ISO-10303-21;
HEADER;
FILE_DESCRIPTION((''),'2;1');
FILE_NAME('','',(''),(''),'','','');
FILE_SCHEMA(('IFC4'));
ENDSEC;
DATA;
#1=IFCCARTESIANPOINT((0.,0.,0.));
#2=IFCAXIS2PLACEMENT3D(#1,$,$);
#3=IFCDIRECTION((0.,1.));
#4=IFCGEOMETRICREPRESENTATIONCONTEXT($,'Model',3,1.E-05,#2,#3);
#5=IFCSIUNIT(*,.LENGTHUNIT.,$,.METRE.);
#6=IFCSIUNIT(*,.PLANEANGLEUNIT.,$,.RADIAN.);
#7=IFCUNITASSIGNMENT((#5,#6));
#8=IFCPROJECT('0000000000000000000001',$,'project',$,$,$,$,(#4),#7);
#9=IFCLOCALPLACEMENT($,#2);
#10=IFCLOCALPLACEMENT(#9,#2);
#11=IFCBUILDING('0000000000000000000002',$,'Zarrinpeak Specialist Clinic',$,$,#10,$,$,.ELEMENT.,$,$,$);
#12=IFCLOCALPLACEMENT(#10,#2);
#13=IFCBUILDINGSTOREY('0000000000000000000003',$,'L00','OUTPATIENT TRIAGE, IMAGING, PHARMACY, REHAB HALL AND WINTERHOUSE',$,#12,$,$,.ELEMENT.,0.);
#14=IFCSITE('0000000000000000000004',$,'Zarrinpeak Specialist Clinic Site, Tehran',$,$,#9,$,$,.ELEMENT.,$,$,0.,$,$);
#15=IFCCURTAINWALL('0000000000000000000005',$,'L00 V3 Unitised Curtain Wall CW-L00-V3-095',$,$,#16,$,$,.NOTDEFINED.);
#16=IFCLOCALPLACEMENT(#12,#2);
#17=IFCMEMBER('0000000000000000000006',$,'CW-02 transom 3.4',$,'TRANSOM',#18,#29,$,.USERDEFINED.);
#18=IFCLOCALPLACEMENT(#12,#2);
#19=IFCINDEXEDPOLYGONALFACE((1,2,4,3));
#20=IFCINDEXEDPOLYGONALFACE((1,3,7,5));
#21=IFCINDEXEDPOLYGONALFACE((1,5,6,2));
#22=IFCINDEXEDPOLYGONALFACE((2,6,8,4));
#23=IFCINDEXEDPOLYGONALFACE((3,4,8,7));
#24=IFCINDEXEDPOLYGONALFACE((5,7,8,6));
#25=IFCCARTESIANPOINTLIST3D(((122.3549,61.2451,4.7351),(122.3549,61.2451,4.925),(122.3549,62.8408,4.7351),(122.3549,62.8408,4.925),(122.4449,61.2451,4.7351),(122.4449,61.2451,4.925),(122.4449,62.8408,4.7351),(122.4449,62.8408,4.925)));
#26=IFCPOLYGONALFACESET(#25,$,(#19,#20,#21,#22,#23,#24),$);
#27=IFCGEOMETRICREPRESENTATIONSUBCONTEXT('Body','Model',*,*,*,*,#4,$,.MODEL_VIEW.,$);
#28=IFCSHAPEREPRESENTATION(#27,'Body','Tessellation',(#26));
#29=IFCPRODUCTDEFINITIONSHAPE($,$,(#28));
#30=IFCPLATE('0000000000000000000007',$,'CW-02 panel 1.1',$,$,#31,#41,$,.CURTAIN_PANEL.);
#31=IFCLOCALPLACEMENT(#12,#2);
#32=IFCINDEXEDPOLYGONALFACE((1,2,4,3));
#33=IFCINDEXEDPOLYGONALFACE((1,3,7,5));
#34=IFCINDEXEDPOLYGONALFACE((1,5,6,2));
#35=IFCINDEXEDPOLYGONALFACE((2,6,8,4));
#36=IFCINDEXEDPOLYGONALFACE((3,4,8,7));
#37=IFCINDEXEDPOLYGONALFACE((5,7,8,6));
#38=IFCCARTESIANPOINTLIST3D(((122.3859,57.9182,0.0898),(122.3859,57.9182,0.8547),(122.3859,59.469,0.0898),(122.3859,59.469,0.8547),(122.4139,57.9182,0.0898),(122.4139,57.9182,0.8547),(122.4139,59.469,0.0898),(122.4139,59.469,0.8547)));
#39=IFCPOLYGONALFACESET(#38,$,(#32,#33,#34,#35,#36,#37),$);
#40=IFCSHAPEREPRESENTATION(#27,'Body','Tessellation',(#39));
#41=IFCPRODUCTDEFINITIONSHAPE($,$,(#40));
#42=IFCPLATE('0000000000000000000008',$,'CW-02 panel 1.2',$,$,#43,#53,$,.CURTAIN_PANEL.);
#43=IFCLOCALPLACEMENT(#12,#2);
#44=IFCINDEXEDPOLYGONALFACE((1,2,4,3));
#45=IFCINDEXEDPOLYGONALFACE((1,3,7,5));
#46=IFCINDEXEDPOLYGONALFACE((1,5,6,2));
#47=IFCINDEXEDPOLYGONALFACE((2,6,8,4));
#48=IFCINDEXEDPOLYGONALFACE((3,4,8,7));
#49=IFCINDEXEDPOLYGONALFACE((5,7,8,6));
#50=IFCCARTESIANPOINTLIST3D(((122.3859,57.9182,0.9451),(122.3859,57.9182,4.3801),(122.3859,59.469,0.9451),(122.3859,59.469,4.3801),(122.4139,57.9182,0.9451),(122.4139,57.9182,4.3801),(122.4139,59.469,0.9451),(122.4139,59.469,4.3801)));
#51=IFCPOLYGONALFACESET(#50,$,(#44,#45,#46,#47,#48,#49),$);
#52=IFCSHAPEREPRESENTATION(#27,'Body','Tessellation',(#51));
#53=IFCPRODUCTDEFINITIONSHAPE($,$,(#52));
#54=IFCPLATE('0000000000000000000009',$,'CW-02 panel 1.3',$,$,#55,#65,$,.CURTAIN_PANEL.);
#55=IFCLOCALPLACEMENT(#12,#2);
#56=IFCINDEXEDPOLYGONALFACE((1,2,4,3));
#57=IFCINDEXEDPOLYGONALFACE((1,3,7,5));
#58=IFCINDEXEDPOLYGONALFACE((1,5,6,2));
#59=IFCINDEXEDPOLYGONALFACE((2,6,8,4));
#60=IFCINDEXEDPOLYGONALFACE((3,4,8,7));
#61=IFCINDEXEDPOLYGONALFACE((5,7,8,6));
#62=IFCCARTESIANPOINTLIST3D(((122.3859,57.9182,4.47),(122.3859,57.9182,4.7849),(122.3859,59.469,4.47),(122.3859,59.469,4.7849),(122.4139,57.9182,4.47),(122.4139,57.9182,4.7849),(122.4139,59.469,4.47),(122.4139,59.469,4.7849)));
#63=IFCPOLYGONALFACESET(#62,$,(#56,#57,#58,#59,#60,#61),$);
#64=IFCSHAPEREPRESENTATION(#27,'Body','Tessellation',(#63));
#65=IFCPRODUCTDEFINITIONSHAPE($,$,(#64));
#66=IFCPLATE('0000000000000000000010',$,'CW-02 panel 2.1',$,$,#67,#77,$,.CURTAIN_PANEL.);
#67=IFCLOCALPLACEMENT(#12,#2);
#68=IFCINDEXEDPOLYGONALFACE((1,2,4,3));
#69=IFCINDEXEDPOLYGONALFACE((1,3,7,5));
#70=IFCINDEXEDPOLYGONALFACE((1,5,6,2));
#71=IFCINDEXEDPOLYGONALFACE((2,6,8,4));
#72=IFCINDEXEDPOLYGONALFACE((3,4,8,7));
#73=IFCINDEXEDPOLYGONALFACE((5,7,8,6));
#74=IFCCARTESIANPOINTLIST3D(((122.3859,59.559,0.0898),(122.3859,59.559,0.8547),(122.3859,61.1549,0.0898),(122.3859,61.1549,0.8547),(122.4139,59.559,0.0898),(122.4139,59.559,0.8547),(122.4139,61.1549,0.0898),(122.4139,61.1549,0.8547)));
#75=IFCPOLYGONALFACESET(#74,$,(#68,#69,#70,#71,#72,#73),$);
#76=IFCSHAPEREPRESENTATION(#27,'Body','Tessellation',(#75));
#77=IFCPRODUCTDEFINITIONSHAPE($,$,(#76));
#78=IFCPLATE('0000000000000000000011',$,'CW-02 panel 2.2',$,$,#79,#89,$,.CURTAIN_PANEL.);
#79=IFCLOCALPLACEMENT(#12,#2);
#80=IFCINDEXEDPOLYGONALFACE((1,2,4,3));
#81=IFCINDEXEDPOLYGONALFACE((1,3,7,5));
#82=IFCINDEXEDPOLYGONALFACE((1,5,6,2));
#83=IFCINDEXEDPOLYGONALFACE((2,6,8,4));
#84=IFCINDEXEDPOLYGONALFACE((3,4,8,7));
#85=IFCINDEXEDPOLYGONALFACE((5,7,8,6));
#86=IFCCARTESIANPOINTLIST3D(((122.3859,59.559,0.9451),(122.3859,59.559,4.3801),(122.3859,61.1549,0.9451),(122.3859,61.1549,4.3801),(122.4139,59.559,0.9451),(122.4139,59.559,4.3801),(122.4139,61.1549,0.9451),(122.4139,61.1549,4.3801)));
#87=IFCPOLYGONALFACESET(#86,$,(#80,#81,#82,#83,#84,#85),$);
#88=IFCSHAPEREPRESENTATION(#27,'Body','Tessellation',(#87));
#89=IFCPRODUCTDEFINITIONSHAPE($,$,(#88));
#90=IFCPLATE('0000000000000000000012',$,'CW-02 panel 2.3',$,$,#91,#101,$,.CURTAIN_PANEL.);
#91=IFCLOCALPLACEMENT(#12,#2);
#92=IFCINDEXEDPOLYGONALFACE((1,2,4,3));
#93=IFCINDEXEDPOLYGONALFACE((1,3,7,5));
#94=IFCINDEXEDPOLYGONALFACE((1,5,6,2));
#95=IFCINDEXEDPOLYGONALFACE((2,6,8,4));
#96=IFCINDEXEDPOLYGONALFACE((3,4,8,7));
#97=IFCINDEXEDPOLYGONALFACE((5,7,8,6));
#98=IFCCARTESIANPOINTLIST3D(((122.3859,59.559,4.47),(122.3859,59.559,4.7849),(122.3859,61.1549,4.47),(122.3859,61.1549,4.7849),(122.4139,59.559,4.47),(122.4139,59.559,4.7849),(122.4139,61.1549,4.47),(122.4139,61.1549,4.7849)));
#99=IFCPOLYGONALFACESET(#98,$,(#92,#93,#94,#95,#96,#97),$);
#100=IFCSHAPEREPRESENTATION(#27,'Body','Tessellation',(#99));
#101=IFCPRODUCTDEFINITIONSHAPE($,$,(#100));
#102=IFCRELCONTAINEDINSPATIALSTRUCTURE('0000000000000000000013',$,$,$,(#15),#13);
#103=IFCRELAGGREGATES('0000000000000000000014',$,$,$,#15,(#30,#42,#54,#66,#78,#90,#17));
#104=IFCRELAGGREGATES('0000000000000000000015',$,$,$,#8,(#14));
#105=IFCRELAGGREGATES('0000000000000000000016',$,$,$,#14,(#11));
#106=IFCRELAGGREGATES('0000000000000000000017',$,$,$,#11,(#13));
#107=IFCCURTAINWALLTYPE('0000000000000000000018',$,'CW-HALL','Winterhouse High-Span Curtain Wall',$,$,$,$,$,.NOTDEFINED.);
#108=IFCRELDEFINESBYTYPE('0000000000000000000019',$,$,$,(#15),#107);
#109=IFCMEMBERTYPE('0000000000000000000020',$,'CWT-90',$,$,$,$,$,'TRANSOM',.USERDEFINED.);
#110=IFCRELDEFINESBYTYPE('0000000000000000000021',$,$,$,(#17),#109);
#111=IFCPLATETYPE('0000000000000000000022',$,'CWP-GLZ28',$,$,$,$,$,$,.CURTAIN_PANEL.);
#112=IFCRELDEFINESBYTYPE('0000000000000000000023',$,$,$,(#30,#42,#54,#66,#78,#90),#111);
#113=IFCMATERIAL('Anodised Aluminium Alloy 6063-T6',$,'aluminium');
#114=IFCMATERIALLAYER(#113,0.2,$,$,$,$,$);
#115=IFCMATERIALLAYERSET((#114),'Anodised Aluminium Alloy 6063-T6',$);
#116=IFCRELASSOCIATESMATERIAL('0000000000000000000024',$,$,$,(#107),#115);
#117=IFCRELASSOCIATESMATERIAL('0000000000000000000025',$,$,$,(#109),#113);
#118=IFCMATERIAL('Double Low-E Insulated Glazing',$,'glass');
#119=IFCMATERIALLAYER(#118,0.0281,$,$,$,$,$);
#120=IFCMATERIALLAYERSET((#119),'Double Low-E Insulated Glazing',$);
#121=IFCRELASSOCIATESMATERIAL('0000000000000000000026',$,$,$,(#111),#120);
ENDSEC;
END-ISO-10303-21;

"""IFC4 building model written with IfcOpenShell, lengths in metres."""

from ifc_helpers import new_model, si_unit, direction, frame, origin, origin_2d, place, context, subcontext, project, spatial, rectangle, extrude, material, layer, layer_set, material_profile, profile_set, type_object, element, aggregate, save


model = new_model("IFC4")

# Units and contexts
model_context = context("Model", 3, precision=1e-05, world=origin(), true_north=direction((0.0, 1.0)))
body_context = subcontext(model_context, "Body", "Model", "MODEL_VIEW")
ifc_project = project(units=[si_unit("LENGTHUNIT", "METRE"), si_unit("PLANEANGLEUNIT", "RADIAN")], contexts=[model_context])

# Site, building, storey
site_placement = place(None, origin())
site = spatial("IfcSite", under=ifc_project, at=site_placement, Name="Zarrinpeak Specialist Clinic Site, Tehran", CompositionType="ELEMENT", RefElevation=0.0)
building_placement = place(site_placement, origin())
building = spatial("IfcBuilding", under=site, at=building_placement, Name="Zarrinpeak Specialist Clinic", CompositionType="ELEMENT")
storey_placement = place(building_placement, origin())
storey = spatial("IfcBuildingStorey", under=building, at=storey_placement, Name="L00", Description="OUTPATIENT TRIAGE, IMAGING, PHARMACY, REHAB HALL AND WINTERHOUSE", CompositionType="ELEMENT", Elevation=0.0)

# Shared definitions
ifc_material_1 = material(Name="Anodised Aluminium Alloy 6063-T6", Category="aluminium")
ifc_layer_1 = layer(ifc_material_1, 0.2)
ifc_layer_set_1 = layer_set([ifc_layer_1], Name="Anodised Aluminium Alloy 6063-T6")
curtain_wall_type = type_object("IfcCurtainWallType", Name="CW-HALL", Description="Winterhouse High-Span Curtain Wall", PredefinedType="NOTDEFINED", material=ifc_layer_set_1)

# Curtain wall, member, plates
curtain_wall_1_placement = place(storey_placement, origin())
curtain_wall_1 = element("IfcCurtainWall", 1, at=curtain_wall_1_placement, inside=storey, type_object=curtain_wall_type, Name="L00 V3 Unitised Curtain Wall CW-L00-V3-095", PredefinedType="NOTDEFINED")
ifc_material_profile_1 = material_profile(ifc_material_1, rectangle(XDim=0.0901, YDim=0.1899, at=origin_2d()), Name="ALU 90x190")
ifc_profile_set_1 = profile_set([ifc_material_profile_1], Name="Anodised Aluminium Alloy 6063-T6")
member_type_1 = type_object("IfcMemberType", Name="CWT-90", ElementType="TRANSOM", PredefinedType="USERDEFINED", material=ifc_profile_set_1)
member_1_placement = place(storey_placement, frame((122.3999, 61.2451, 4.8301), z_axis=(0.0, 1.0, 0.0), x_axis=(-1.0, 0.0, 0.0)))
member_1 = element("IfcMember", 2, at=member_1_placement, type_object=member_type_1, Name="CW-02 transom 3.4", ObjectType="TRANSOM", PredefinedType="USERDEFINED", context=body_context, shape_type="SweptSolid", body=[
    extrude(rectangle(XDim=0.0901, YDim=0.1899, at=origin_2d()), origin(), (0.0, 0.0, 1.0), 1.5957),
])
ifc_material_2 = material(Name="Double Low-E Insulated Glazing", Category="glass")
ifc_layer_2 = layer(ifc_material_2, 0.0281)
ifc_layer_set_2 = layer_set([ifc_layer_2], Name="Double Low-E Insulated Glazing")
plate_type = type_object("IfcPlateType", Name="CWP-GLZ28", PredefinedType="CURTAIN_PANEL", material=ifc_layer_set_2)
plate_1_placement = place(storey_placement, frame((122.3999, 58.6936, 0.0898), z_axis=(0.0, 0.0, 1.0), x_axis=(0.0, 1.0, 0.0)))
plate_1 = element("IfcPlate", 3, at=plate_1_placement, type_object=plate_type, Name="CW-02 panel 1.1", PredefinedType="CURTAIN_PANEL", context=body_context, shape_type="SweptSolid", body=[
    extrude(rectangle(XDim=1.5508, YDim=0.0281, at=origin_2d()), origin(), (0.0, 0.0, 1.0), 0.7649),
])
plate_2_placement = place(storey_placement, frame((122.3999, 58.6936, 0.9451), z_axis=(0.0, 0.0, 1.0), x_axis=(0.0, 1.0, 0.0)))
plate_2 = element("IfcPlate", 4, at=plate_2_placement, type_object=plate_type, Name="CW-02 panel 1.2", PredefinedType="CURTAIN_PANEL", context=body_context, shape_type="SweptSolid", body=[
    extrude(rectangle(XDim=1.5508, YDim=0.0281, at=origin_2d()), origin(), (0.0, 0.0, 1.0), 3.4351),
])
plate_3_placement = place(storey_placement, frame((122.3999, 58.6936, 4.47), z_axis=(0.0, 0.0, 1.0), x_axis=(0.0, 1.0, 0.0)))
plate_3 = element("IfcPlate", 5, at=plate_3_placement, type_object=plate_type, Name="CW-02 panel 1.3", PredefinedType="CURTAIN_PANEL", context=body_context, shape_type="SweptSolid", body=[
    extrude(rectangle(XDim=1.5508, YDim=0.0281, at=origin_2d()), origin(), (0.0, 0.0, 1.0), 0.3149),
])
plate_4_placement = place(storey_placement, frame((122.3999, 60.3569, 0.0898), z_axis=(0.0, 0.0, 1.0), x_axis=(0.0, 1.0, 0.0)))
plate_4 = element("IfcPlate", 6, at=plate_4_placement, type_object=plate_type, Name="CW-02 panel 2.1", PredefinedType="CURTAIN_PANEL", context=body_context, shape_type="SweptSolid", body=[
    extrude(rectangle(XDim=1.5959, YDim=0.0281, at=origin_2d()), origin(), (0.0, 0.0, 1.0), 0.7649),
])
plate_5_placement = place(storey_placement, frame((122.3999, 60.3569, 0.9451), z_axis=(0.0, 0.0, 1.0), x_axis=(0.0, 1.0, 0.0)))
plate_5 = element("IfcPlate", 7, at=plate_5_placement, type_object=plate_type, Name="CW-02 panel 2.2", PredefinedType="CURTAIN_PANEL", context=body_context, shape_type="SweptSolid", body=[
    extrude(rectangle(XDim=1.5959, YDim=0.0281, at=origin_2d()), origin(), (0.0, 0.0, 1.0), 3.4351),
])
plate_6_placement = place(storey_placement, frame((122.3999, 60.3569, 4.47), z_axis=(0.0, 0.0, 1.0), x_axis=(0.0, 1.0, 0.0)))
plate_6 = element("IfcPlate", 8, at=plate_6_placement, type_object=plate_type, Name="CW-02 panel 2.3", PredefinedType="CURTAIN_PANEL", context=body_context, shape_type="SweptSolid", body=[
    extrude(rectangle(XDim=1.5959, YDim=0.0281, at=origin_2d()), origin(), (0.0, 0.0, 1.0), 0.3149),
])
aggregate(curtain_wall_1, [plate_1, plate_2, plate_3, plate_4, plate_5, plate_6, member_1])

save(model, "model.ifc")
